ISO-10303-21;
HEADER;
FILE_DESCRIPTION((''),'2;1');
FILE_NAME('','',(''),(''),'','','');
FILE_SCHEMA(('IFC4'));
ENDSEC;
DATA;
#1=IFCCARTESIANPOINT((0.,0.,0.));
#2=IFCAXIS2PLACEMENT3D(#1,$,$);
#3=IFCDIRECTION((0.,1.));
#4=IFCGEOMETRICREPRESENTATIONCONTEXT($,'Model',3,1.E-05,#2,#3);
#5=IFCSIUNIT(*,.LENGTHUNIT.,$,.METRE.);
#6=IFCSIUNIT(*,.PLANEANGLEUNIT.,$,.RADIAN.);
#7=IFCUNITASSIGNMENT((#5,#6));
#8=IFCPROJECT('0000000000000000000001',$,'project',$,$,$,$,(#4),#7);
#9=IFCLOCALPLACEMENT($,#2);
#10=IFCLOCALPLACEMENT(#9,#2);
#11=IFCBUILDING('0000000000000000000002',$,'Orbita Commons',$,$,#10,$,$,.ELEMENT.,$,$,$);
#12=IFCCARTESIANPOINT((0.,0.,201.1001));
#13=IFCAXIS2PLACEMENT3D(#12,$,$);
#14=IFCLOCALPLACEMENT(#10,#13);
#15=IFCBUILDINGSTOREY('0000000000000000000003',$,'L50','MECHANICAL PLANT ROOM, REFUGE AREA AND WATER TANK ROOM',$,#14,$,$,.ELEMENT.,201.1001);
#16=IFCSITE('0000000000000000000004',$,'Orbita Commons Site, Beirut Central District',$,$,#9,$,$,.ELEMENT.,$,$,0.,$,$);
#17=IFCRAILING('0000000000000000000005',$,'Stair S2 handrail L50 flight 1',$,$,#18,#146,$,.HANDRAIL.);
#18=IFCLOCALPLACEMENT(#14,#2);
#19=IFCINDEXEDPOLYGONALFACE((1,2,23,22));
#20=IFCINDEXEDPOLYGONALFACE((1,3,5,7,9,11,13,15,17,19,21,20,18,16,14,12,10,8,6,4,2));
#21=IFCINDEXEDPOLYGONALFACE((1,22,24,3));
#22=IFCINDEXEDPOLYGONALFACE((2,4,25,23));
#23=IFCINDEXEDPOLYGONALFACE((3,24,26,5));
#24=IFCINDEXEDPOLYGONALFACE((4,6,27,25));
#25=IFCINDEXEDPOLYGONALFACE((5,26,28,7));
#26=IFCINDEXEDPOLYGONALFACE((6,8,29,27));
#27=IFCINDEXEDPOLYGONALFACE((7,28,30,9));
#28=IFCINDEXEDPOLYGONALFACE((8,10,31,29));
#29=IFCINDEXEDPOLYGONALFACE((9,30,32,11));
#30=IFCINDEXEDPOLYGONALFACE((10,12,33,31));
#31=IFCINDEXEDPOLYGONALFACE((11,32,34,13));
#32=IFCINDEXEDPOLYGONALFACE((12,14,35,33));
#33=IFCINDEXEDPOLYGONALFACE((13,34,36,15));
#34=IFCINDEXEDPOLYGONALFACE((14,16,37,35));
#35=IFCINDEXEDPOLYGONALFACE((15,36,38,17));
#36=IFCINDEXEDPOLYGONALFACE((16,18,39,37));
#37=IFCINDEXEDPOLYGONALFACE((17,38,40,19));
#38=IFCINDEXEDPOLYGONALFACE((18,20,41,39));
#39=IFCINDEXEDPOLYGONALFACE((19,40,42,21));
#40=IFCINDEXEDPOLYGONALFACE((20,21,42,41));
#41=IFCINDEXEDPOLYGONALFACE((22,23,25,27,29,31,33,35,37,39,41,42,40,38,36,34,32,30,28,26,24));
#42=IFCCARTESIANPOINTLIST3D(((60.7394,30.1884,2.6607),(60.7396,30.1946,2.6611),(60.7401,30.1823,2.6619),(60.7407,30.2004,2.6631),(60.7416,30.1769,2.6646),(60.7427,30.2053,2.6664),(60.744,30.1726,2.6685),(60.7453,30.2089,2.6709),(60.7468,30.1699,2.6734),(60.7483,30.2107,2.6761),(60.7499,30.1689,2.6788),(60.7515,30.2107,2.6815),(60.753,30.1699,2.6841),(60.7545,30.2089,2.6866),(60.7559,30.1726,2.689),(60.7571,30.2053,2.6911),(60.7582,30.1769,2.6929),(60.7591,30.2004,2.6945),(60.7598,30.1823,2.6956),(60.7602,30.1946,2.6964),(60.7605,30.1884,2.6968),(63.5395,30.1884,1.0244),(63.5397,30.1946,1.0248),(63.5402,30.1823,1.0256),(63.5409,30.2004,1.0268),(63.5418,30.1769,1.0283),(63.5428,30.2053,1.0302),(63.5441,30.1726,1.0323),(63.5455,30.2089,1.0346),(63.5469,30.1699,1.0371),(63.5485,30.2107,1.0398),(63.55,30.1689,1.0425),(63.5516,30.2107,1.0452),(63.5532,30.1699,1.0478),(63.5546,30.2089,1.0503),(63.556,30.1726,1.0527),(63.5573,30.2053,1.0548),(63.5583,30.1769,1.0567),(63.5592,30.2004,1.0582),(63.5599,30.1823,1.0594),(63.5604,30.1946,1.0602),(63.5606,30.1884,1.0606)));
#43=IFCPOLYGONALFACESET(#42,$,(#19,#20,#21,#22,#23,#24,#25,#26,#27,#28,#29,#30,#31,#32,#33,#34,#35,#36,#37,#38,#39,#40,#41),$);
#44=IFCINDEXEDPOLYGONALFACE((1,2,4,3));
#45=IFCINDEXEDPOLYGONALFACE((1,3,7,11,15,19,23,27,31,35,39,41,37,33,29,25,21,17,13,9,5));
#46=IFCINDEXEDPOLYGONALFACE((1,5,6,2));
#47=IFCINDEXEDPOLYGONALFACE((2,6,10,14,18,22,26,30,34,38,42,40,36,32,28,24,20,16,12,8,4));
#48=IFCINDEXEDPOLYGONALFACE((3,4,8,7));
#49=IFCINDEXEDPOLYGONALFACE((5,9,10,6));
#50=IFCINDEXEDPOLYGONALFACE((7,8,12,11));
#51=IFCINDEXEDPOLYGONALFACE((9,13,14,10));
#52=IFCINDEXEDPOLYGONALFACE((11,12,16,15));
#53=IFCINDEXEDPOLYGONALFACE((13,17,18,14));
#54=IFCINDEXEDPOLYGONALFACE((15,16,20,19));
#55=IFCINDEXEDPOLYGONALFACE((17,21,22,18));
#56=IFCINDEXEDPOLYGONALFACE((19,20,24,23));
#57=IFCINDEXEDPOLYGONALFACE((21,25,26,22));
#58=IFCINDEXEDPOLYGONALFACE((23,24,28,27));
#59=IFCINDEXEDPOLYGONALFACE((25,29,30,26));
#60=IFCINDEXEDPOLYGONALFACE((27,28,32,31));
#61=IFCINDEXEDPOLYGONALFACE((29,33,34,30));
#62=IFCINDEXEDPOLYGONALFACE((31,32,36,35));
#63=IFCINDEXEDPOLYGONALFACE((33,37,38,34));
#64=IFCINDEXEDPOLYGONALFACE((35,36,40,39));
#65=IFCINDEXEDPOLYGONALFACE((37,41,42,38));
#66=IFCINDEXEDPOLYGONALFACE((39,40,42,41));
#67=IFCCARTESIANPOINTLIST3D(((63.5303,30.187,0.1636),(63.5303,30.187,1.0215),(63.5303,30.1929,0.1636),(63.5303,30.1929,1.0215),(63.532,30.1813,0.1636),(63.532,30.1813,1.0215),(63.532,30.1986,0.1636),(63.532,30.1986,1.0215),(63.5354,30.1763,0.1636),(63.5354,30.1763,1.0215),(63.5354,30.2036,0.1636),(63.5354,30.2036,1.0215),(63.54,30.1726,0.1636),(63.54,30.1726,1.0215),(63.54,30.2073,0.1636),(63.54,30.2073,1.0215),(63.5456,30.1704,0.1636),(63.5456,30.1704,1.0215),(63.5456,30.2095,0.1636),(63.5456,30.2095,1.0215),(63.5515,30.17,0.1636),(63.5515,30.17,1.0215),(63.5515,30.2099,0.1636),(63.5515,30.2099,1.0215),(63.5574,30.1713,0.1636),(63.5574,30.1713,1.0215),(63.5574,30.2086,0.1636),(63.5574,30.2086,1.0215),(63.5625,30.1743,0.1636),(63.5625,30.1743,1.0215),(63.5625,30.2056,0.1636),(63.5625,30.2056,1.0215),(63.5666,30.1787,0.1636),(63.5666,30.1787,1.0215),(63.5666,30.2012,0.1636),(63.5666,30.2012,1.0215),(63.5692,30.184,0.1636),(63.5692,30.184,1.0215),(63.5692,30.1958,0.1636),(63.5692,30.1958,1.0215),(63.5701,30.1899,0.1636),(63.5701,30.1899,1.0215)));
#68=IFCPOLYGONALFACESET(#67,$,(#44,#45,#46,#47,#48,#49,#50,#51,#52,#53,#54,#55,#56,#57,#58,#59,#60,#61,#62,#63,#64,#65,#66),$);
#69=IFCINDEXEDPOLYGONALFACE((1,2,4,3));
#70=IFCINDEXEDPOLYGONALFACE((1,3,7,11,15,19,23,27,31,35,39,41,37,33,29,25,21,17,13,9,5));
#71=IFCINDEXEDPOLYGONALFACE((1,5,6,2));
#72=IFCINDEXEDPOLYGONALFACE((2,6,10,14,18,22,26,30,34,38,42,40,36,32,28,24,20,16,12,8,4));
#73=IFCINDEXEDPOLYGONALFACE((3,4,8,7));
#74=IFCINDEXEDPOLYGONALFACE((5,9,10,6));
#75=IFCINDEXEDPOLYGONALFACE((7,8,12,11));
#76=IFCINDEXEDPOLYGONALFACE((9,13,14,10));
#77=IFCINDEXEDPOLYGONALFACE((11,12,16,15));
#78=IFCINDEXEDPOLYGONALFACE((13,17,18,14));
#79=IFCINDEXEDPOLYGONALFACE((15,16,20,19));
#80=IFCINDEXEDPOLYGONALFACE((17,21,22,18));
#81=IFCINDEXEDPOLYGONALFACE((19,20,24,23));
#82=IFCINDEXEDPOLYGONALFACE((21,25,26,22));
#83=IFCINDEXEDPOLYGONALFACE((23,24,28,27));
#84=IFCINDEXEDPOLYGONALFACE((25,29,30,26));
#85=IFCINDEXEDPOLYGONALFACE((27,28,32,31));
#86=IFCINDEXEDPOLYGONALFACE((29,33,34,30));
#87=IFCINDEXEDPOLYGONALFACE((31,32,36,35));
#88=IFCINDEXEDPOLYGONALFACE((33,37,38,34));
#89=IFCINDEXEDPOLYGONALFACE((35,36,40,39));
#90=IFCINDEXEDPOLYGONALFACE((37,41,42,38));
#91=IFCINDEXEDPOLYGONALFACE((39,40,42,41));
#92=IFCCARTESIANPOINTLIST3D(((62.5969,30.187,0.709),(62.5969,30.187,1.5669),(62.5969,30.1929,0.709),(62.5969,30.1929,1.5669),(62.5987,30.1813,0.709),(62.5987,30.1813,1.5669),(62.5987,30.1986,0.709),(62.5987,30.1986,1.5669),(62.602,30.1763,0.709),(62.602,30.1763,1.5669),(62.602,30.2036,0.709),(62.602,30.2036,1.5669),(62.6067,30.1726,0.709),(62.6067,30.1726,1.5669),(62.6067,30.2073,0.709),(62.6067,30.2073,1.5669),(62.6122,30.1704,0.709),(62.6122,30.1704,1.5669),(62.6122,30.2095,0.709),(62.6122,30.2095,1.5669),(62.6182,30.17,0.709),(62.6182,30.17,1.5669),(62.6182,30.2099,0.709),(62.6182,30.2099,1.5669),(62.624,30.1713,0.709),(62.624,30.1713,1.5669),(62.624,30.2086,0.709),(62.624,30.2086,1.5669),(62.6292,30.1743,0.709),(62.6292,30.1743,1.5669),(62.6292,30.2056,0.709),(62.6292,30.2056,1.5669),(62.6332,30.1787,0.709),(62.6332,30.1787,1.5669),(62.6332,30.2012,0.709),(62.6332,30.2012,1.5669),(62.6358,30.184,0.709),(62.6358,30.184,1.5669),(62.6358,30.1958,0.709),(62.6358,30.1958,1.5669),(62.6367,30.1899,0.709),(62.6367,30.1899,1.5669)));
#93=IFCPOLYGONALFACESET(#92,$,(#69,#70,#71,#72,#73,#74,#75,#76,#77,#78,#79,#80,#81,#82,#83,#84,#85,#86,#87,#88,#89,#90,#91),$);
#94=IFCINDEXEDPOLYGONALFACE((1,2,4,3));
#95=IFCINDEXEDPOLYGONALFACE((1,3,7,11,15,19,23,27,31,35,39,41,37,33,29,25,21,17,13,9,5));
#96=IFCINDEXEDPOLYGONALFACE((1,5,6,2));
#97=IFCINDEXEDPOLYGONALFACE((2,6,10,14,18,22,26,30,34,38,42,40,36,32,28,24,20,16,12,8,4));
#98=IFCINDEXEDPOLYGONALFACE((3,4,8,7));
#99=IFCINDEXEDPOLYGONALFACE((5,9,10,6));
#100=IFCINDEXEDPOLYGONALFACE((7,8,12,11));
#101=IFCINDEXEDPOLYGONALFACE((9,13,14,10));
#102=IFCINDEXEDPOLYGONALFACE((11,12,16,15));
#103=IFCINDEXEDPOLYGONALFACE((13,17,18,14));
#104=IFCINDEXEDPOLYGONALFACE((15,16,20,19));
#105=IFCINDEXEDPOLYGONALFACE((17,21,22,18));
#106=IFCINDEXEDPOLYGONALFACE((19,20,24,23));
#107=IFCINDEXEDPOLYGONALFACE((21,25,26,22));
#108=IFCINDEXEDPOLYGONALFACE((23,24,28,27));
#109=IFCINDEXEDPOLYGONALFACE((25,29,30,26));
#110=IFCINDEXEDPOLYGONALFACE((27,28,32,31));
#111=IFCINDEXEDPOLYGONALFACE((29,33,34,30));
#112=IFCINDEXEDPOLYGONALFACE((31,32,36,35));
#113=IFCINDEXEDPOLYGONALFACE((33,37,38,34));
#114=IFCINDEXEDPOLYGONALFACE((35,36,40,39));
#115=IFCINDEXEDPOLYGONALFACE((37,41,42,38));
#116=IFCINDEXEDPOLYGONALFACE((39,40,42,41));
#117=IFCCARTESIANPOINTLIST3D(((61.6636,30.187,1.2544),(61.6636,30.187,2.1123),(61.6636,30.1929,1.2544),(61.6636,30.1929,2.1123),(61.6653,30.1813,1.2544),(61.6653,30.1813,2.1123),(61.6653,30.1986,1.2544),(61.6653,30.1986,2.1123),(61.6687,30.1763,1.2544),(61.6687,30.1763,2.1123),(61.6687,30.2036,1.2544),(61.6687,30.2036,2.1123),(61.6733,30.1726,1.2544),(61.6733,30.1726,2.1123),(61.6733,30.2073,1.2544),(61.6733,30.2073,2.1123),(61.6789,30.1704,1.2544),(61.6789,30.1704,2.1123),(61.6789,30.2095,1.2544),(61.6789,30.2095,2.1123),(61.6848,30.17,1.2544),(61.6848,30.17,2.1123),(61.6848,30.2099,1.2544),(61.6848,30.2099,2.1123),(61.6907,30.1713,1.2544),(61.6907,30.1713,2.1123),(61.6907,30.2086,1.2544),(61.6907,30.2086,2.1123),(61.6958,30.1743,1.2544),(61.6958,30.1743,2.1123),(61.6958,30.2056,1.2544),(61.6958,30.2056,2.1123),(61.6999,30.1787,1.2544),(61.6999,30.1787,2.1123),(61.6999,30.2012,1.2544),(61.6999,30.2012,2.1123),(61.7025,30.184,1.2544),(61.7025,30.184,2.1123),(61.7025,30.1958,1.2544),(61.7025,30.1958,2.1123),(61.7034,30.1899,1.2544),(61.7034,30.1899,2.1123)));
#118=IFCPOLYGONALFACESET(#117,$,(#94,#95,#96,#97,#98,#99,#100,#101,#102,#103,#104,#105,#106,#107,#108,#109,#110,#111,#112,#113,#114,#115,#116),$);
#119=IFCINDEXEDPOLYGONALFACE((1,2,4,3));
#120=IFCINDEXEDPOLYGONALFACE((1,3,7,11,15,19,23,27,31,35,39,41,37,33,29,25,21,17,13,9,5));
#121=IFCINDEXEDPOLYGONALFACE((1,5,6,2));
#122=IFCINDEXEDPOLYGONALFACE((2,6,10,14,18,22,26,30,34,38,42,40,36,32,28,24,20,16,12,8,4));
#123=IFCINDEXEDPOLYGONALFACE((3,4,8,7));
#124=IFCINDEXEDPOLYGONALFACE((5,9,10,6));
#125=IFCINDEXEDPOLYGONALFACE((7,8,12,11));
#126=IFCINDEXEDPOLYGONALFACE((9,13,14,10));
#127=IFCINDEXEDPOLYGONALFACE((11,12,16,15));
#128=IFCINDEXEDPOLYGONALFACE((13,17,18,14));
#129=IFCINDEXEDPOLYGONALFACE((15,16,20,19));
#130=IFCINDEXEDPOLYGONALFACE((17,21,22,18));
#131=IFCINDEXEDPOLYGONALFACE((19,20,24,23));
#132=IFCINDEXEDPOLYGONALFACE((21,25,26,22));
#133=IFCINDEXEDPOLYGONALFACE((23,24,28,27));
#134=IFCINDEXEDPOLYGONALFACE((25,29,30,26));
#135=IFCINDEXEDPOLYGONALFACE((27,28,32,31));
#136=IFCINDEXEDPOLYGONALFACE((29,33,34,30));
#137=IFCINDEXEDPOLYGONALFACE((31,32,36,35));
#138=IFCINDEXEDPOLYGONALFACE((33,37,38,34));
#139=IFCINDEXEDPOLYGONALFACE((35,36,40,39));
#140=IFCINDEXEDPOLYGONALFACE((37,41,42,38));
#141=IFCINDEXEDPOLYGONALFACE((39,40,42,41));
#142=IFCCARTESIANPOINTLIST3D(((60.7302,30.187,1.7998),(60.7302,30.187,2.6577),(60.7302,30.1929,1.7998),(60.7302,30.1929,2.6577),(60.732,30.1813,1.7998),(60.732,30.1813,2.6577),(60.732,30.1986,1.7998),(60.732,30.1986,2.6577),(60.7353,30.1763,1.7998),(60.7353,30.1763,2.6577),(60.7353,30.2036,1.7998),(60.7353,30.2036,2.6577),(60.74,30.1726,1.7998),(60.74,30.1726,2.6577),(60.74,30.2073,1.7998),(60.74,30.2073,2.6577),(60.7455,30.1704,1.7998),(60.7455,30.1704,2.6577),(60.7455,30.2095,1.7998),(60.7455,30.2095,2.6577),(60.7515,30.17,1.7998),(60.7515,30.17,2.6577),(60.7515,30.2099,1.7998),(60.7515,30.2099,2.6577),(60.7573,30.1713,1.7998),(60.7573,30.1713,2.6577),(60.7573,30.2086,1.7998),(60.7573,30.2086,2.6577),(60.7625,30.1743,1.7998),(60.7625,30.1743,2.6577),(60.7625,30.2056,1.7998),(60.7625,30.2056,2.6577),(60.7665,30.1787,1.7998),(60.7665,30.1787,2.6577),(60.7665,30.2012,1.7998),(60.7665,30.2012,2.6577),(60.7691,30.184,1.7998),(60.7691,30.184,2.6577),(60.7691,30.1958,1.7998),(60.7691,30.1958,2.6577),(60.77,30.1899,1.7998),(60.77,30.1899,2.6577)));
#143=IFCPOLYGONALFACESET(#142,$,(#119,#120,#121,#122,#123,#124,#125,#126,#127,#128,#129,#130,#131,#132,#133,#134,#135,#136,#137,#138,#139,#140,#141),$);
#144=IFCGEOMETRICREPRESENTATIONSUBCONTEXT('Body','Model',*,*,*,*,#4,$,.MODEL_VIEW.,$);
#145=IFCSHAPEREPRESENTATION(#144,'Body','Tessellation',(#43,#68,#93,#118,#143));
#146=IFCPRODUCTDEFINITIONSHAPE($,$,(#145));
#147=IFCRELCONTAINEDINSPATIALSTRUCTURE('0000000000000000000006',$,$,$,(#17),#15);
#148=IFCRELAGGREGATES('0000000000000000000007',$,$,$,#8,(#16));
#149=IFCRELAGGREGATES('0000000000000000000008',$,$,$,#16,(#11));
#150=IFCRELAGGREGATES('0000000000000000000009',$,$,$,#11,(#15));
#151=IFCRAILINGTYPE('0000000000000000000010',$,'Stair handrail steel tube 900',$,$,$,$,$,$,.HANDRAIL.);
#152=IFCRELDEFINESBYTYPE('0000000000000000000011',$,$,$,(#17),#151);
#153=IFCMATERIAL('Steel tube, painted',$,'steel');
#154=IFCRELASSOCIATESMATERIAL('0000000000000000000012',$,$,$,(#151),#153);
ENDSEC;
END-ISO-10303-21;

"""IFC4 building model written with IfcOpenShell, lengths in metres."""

from ifc_helpers import new_model, si_unit, direction, frame, origin, origin_2d, place, context, subcontext, project, spatial, circle, extrude, material, type_object, element, save


model = new_model("IFC4")

# Units and contexts
model_context = context("Model", 3, precision=1e-05, world=origin(), true_north=direction((0.0, 1.0)))
body_context = subcontext(model_context, "Body", "Model", "MODEL_VIEW")
ifc_project = project(units=[si_unit("LENGTHUNIT", "METRE"), si_unit("PLANEANGLEUNIT", "RADIAN")], contexts=[model_context])

# Site, building, storey
site_placement = place(None, origin())
site = spatial("IfcSite", under=ifc_project, at=site_placement, Name="Orbita Commons Site, Beirut Central District", CompositionType="ELEMENT", RefElevation=0.0)
building_placement = place(site_placement, origin())
building = spatial("IfcBuilding", under=site, at=building_placement, Name="Orbita Commons", CompositionType="ELEMENT")
storey_placement = place(building_placement, frame((0.0, 0.0, 201.1001)))
storey = spatial("IfcBuildingStorey", under=building, at=storey_placement, Name="L50", Description="MECHANICAL PLANT ROOM, REFUGE AREA AND WATER TANK ROOM", CompositionType="ELEMENT", Elevation=201.1001)

# Railing
ifc_material_1 = material(Name="Steel tube, painted", Category="steel")
railing_type = type_object("IfcRailingType", Name="Stair handrail steel tube 900", PredefinedType="HANDRAIL", material=ifc_material_1)
for number, where, name in (
    (1, (63.55, 30.1899, 0.1636), "Stair S2 handrail L50 flight 1"),
):
    element("IfcRailing", number, at=place(storey_placement, frame(where)), inside=storey, type_object=railing_type, Name=name, PredefinedType="HANDRAIL", context=body_context, shape_type="SweptSolid", body=[
        extrude(circle(Radius=0.021, at=origin_2d()), frame((0.0, 0.0, 0.8789), z_axis=(-0.863394, 0.0, 0.504531), x_axis=(0.0, -1.0, 0.0)), (0.0, 0.0, 1.0), 3.2432),
        extrude(circle(Radius=0.02, at=origin_2d()), origin(), (0.0, 0.0, 1.0), 0.8579),
        extrude(circle(Radius=0.02, at=origin_2d()), frame((-0.9333, 0.0, 0.5454)), (0.0, 0.0, 1.0), 0.8579),
        extrude(circle(Radius=0.02, at=origin_2d()), frame((-1.8667, 0.0, 1.0908)), (0.0, 0.0, 1.0), 0.8579),
        extrude(circle(Radius=0.02, at=origin_2d()), frame((-2.8, 0.0, 1.6362)), (0.0, 0.0, 1.0), 0.8579),
    ])

save(model, "model.ifc")
